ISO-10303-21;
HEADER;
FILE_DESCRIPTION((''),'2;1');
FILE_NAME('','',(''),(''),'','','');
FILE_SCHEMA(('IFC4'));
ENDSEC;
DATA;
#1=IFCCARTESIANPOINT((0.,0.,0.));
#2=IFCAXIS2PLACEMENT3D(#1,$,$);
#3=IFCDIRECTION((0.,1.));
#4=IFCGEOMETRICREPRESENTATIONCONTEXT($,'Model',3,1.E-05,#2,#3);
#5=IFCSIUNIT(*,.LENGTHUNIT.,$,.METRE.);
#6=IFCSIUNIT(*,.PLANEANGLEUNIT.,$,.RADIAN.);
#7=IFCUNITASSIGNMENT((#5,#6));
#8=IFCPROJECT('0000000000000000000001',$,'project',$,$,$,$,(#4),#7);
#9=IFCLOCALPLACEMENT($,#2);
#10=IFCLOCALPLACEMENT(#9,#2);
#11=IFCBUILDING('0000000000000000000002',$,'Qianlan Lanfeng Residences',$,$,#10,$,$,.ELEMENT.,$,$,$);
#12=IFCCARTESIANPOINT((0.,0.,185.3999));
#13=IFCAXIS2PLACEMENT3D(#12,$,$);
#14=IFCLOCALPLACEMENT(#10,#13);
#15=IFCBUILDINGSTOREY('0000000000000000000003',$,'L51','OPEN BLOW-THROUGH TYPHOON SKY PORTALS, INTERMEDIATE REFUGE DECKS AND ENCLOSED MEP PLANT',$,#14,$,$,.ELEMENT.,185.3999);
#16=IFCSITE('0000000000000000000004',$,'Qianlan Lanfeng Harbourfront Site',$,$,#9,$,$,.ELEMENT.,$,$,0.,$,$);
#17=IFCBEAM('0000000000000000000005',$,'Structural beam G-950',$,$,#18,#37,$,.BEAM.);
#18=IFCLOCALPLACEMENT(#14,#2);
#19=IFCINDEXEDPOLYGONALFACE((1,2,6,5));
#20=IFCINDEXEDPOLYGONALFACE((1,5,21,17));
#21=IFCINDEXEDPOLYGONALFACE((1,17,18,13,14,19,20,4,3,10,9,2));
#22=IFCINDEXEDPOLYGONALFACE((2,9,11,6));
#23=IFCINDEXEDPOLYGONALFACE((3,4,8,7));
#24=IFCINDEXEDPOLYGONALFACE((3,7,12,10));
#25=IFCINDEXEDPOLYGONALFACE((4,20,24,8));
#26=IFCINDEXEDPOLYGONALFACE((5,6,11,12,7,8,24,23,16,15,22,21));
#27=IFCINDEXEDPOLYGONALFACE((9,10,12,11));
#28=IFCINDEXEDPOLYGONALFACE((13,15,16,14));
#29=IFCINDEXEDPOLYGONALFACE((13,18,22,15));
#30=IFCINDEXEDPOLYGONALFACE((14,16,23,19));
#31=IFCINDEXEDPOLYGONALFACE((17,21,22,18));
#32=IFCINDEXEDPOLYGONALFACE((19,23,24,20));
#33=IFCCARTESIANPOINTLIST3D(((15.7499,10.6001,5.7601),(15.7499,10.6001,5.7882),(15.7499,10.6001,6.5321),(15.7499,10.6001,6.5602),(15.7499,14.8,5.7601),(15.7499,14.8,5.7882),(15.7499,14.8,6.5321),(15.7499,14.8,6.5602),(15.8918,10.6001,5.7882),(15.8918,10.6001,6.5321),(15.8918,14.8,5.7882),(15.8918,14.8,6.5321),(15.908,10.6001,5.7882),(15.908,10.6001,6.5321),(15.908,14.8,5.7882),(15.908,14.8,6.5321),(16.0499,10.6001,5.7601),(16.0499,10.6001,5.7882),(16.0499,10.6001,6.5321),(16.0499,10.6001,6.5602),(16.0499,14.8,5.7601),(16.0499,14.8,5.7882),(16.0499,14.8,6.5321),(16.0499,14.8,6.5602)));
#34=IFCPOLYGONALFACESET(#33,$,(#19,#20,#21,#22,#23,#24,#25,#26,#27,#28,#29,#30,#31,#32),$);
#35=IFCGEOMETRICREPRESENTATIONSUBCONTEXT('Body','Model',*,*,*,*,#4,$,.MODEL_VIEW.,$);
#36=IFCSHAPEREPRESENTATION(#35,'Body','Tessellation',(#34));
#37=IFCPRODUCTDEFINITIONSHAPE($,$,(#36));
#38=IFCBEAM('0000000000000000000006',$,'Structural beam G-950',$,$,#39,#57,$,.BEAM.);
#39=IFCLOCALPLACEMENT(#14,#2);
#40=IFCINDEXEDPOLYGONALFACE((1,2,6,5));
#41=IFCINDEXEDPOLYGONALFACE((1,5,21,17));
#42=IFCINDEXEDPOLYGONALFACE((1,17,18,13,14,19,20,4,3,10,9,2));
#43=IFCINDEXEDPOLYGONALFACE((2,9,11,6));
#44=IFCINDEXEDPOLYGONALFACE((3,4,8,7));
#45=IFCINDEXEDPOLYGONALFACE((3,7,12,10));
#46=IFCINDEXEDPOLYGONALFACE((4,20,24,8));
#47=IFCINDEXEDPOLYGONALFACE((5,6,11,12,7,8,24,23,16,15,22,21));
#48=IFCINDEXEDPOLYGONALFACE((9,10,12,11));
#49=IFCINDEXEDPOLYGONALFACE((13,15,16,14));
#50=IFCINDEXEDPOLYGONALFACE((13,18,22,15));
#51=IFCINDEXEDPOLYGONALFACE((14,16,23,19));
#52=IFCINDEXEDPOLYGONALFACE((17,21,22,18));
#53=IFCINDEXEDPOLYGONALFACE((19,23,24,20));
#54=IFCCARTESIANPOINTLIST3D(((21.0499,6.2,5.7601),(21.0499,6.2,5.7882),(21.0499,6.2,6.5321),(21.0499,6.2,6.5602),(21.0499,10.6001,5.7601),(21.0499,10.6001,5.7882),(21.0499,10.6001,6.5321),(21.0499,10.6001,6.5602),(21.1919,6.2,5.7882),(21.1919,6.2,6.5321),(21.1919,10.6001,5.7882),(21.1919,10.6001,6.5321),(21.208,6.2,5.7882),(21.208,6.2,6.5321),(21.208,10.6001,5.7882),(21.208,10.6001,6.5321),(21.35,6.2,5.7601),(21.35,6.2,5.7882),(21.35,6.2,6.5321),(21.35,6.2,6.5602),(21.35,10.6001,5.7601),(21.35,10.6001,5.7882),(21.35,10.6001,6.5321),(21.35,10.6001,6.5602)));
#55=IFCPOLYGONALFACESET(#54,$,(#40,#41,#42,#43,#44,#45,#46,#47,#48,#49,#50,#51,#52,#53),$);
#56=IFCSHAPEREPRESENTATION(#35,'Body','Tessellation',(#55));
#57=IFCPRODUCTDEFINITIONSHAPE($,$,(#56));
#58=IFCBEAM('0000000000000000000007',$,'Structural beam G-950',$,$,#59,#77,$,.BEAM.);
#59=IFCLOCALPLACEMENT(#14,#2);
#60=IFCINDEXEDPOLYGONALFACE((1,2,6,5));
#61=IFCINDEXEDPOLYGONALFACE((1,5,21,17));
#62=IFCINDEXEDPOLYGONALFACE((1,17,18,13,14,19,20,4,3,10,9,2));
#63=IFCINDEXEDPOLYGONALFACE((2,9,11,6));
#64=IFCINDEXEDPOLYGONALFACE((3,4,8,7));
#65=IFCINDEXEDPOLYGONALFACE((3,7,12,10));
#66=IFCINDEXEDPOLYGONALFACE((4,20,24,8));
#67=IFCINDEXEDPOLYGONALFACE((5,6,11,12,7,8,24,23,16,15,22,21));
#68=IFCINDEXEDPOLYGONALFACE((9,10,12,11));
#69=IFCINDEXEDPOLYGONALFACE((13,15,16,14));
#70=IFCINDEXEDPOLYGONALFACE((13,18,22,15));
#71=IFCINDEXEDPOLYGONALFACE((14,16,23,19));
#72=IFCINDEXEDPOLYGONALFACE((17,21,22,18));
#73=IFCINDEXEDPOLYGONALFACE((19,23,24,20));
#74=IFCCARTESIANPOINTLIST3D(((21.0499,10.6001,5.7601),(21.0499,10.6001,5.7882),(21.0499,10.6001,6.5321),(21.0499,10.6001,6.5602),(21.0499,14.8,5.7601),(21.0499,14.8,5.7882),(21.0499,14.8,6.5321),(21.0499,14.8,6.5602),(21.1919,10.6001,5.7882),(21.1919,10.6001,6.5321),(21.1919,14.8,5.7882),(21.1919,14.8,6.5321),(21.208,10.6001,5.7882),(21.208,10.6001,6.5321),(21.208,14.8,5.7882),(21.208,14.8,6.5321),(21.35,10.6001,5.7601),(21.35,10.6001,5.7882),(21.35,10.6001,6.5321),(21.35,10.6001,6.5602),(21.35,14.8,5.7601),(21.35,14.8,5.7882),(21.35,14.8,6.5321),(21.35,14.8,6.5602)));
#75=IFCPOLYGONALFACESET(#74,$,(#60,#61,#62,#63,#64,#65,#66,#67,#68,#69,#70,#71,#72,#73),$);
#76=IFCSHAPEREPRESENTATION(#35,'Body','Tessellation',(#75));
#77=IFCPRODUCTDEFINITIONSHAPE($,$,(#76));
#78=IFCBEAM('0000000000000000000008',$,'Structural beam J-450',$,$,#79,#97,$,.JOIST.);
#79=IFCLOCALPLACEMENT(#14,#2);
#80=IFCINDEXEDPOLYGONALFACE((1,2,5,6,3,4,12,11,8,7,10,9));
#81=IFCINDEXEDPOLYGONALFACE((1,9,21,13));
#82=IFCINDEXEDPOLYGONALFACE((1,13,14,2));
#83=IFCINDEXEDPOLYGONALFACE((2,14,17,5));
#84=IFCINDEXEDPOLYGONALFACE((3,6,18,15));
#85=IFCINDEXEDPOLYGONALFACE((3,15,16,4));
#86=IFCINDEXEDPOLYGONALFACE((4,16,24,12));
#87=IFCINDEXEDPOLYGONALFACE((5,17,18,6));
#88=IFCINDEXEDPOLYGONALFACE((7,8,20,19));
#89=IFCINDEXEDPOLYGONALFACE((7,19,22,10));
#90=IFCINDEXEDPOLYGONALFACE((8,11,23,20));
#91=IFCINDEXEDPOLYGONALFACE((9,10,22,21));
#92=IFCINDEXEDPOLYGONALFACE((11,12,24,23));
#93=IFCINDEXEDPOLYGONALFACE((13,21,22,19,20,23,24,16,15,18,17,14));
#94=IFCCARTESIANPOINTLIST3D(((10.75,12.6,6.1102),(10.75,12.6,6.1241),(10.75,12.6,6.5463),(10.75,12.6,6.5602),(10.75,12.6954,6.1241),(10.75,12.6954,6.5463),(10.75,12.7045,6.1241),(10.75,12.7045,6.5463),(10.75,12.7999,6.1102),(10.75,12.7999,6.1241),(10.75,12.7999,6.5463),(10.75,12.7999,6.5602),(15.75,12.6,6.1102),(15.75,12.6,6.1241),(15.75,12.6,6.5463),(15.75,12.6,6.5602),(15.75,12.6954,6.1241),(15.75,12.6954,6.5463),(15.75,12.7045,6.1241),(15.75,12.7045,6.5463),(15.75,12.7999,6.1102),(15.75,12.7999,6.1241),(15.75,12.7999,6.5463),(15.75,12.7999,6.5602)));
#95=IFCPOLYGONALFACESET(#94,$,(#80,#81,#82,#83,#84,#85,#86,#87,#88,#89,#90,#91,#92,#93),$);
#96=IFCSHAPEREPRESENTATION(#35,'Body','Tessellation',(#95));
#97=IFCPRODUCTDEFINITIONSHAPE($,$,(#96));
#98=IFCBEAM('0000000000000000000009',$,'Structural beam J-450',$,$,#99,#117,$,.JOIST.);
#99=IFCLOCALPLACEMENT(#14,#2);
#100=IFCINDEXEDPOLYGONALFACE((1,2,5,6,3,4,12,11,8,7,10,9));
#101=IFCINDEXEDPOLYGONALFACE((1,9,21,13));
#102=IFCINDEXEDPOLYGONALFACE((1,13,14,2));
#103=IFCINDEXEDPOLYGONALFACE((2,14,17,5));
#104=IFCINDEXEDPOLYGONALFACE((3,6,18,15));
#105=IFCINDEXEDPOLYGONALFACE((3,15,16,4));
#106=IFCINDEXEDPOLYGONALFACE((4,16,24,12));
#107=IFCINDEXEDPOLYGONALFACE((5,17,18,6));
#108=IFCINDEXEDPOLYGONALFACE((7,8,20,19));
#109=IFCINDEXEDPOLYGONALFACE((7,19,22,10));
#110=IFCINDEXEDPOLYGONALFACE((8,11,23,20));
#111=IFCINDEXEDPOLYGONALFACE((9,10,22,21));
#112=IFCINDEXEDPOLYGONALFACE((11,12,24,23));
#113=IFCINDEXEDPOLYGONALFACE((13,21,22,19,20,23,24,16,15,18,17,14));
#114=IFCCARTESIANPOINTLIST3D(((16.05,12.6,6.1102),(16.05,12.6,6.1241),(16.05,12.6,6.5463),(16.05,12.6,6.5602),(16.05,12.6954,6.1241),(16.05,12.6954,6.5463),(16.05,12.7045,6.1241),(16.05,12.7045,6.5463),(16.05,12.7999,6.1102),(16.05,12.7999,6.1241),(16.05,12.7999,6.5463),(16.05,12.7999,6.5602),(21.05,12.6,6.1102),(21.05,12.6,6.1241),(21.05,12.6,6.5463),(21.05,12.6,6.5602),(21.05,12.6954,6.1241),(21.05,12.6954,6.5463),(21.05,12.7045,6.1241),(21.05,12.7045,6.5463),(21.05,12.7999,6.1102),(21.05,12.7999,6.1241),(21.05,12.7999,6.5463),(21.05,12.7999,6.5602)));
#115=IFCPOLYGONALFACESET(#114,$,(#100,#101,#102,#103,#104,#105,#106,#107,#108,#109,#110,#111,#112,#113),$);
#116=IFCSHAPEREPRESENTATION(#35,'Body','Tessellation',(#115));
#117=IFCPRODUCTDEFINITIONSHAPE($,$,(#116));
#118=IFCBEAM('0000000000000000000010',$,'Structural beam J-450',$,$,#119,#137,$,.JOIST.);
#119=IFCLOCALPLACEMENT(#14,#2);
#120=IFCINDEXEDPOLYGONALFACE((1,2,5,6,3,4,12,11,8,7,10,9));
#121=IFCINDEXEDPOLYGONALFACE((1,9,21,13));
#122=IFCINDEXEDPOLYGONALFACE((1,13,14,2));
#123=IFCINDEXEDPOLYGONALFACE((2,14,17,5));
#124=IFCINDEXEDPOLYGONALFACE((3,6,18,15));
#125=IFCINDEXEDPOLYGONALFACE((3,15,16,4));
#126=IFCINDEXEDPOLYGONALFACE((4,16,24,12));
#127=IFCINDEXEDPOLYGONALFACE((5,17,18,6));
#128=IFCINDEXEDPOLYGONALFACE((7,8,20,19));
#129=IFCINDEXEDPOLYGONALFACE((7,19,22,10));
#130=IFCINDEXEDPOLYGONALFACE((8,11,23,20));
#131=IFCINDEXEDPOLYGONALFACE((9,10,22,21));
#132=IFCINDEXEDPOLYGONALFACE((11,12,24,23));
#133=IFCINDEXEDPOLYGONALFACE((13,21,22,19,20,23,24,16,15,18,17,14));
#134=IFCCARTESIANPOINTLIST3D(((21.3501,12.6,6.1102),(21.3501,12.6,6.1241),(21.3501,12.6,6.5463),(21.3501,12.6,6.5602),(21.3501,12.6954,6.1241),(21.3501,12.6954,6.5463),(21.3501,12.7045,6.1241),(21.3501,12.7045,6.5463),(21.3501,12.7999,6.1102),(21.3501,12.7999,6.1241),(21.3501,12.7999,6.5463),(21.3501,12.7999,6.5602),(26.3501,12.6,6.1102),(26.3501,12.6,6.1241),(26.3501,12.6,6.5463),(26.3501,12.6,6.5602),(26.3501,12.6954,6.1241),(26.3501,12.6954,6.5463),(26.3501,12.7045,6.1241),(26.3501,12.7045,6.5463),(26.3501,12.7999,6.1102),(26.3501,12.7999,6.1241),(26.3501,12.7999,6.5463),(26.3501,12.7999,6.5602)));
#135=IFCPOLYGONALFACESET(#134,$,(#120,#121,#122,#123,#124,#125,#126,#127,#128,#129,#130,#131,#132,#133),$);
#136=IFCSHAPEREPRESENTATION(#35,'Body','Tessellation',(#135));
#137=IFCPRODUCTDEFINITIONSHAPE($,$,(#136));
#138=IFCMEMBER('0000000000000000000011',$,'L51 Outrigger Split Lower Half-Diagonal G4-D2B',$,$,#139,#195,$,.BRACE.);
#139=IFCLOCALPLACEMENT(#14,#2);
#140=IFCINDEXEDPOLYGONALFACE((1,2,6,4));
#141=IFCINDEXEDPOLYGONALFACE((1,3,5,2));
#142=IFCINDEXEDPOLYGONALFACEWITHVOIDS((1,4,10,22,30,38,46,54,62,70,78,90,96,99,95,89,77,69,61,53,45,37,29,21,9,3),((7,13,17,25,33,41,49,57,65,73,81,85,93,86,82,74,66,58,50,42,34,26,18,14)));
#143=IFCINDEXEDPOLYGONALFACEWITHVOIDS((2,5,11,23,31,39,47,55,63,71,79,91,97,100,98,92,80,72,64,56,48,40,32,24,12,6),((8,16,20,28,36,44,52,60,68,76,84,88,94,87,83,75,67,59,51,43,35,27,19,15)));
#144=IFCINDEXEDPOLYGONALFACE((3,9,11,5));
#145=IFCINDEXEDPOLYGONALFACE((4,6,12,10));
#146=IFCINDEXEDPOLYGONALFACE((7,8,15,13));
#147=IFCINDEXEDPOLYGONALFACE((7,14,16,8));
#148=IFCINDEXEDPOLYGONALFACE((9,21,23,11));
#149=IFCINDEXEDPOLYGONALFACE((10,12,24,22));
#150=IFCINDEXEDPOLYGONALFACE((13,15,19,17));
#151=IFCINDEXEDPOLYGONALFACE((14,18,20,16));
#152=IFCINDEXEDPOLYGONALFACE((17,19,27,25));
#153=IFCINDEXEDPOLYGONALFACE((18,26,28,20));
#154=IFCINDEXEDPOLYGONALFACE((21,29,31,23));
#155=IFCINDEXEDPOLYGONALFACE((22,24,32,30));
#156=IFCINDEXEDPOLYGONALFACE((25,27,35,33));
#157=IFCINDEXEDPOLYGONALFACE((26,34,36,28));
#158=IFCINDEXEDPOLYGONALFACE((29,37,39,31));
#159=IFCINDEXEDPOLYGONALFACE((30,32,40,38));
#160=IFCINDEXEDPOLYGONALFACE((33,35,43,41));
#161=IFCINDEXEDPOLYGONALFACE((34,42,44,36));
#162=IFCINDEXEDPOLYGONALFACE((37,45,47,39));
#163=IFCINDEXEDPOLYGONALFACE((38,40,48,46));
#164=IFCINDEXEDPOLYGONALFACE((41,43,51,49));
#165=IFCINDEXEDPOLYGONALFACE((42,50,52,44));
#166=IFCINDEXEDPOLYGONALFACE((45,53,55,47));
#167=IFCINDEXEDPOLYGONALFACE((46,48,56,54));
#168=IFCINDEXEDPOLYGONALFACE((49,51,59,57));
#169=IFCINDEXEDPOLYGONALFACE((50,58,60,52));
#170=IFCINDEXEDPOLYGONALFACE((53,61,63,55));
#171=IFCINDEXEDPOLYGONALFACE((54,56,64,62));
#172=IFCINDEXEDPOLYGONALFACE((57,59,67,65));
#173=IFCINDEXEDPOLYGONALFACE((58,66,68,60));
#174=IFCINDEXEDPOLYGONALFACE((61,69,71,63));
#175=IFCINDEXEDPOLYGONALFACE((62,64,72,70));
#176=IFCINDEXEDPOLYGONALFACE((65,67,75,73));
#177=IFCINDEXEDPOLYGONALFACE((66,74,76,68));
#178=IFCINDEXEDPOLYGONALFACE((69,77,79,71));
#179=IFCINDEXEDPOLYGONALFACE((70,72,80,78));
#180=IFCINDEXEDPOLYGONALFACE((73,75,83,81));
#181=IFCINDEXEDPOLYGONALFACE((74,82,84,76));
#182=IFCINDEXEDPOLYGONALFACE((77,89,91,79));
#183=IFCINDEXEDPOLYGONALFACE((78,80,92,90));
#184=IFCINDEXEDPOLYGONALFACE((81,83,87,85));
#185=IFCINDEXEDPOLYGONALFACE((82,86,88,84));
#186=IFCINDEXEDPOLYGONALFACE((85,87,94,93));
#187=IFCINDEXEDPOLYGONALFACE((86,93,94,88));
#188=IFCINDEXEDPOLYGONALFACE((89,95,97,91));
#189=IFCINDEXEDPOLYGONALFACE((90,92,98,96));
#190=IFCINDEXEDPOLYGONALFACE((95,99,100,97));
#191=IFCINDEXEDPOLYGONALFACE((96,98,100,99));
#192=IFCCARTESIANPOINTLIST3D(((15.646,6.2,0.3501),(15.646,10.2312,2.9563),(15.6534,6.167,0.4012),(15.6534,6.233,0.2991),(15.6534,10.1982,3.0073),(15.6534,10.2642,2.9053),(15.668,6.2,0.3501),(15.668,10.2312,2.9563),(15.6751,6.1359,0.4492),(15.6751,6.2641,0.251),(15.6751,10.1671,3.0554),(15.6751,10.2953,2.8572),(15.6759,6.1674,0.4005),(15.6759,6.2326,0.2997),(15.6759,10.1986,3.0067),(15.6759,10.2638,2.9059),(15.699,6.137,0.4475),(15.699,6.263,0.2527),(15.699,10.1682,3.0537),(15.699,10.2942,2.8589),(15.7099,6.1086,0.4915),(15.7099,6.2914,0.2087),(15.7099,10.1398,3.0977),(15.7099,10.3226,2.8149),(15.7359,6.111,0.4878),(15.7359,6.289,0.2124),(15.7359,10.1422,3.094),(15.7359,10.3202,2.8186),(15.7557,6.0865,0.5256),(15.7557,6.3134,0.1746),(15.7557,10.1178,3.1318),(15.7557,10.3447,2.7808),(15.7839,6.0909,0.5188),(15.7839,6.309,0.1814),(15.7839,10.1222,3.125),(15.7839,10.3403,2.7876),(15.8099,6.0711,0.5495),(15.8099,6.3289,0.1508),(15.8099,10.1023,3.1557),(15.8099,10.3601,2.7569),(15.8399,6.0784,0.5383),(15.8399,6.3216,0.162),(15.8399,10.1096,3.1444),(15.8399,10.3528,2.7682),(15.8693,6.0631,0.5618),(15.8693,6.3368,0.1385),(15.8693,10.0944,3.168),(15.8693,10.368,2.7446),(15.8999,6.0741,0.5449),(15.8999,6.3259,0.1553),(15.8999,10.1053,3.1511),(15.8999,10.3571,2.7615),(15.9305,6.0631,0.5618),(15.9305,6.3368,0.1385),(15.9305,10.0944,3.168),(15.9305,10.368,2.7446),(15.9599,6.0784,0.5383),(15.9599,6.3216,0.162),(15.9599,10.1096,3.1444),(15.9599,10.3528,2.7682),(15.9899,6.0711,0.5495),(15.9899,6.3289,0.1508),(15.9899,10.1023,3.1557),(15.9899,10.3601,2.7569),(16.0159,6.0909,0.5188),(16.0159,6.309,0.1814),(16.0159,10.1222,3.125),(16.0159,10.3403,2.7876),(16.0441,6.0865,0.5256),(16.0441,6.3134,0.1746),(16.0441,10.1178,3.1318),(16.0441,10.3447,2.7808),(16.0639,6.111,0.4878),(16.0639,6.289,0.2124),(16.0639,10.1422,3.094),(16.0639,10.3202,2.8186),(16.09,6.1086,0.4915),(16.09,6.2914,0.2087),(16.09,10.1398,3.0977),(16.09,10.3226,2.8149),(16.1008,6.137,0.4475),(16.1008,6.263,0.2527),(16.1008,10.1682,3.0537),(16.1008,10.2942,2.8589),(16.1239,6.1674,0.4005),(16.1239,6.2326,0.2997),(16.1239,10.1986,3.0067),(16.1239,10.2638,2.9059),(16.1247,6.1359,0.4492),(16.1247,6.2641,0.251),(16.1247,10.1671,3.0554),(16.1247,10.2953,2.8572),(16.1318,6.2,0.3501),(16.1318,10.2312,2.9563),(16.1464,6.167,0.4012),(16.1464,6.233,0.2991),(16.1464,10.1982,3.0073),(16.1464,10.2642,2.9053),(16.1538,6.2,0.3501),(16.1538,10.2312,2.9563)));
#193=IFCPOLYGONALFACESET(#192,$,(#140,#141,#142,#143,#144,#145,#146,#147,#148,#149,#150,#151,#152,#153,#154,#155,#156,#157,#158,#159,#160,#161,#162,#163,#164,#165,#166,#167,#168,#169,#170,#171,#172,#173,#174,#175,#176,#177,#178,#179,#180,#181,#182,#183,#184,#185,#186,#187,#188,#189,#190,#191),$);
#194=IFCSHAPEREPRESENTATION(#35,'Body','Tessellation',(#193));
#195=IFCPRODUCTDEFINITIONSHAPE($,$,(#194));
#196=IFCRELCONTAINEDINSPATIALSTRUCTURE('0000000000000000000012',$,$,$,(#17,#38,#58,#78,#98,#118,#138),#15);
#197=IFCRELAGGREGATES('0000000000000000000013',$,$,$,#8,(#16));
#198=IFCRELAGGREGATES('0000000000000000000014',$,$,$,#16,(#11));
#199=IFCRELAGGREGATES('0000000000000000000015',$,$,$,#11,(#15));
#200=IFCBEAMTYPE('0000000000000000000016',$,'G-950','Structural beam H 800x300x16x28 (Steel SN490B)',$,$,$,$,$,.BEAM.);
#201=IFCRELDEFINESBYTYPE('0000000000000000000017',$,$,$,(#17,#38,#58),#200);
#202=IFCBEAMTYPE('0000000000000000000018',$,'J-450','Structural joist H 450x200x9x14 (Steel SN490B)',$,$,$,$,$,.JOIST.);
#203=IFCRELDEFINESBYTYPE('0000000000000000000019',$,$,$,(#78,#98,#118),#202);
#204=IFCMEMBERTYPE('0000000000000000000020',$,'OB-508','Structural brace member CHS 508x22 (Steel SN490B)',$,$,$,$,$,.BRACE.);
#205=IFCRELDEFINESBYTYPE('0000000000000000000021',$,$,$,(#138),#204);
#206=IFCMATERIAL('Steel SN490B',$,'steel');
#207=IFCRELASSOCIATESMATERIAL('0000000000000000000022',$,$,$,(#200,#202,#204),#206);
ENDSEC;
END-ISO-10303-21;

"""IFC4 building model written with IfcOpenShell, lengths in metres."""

from ifc_helpers import new_model, si_unit, direction, frame, origin, origin_2d, place, context, subcontext, project, spatial, hollow_circle, i_section, extrude, material, material_profile, profile_set, type_object, element, save


model = new_model("IFC4")

# Units and contexts
model_context = context("Model", 3, precision=1e-05, world=origin(), true_north=direction((0.0, 1.0)))
body_context = subcontext(model_context, "Body", "Model", "MODEL_VIEW")
ifc_project = project(units=[si_unit("LENGTHUNIT", "METRE"), si_unit("PLANEANGLEUNIT", "RADIAN")], contexts=[model_context])

# Site, building, storey
site_placement = place(None, origin())
site = spatial("IfcSite", under=ifc_project, at=site_placement, Name="Qianlan Lanfeng Harbourfront Site", CompositionType="ELEMENT", RefElevation=0.0)
building_placement = place(site_placement, origin())
building = spatial("IfcBuilding", under=site, at=building_placement, Name="Qianlan Lanfeng Residences", CompositionType="ELEMENT")
storey_placement = place(building_placement, frame((0.0, 0.0, 185.3999)))
storey = spatial("IfcBuildingStorey", under=building, at=storey_placement, Name="L51", Description="OPEN BLOW-THROUGH TYPHOON SKY PORTALS, INTERMEDIATE REFUGE DECKS AND ENCLOSED MEP PLANT", CompositionType="ELEMENT", Elevation=185.3999)

# Shared definitions
ifc_material_1 = material(Name="Steel SN490B", Category="steel")

# Beams
ifc_material_profile_1 = material_profile(ifc_material_1, i_section(OverallWidth=0.3, OverallDepth=0.8, WebThickness=0.0161, FlangeThickness=0.0281, at=origin_2d()), Name="H 800x300x16x28")
ifc_profile_set_1 = profile_set([ifc_material_profile_1], Name="Steel SN490B")
beam_type_1 = type_object("IfcBeamType", Name="G-950", Description="Structural beam H 800x300x16x28 (Steel SN490B)", PredefinedType="BEAM", material=ifc_profile_set_1)
beam_1_placement = place(storey_placement, frame((15.8999, 10.6001, 6.1602), z_axis=(0.0, 1.0, 0.0), x_axis=(-1.0, 0.0, 0.0)))
element("IfcBeam", 1, at=beam_1_placement, inside=storey, type_object=beam_type_1, Name="Structural beam G-950", PredefinedType="BEAM", context=body_context, shape_type="SweptSolid", body=[
    extrude(i_section(OverallWidth=0.3, OverallDepth=0.8, WebThickness=0.0161, FlangeThickness=0.0281, at=origin_2d()), origin(), (0.0, 0.0, 1.0), 4.2),
])
beam_2_placement = place(storey_placement, frame((21.2, 6.2, 6.1602), z_axis=(0.0, 1.0, 0.0), x_axis=(-1.0, 0.0, 0.0)))
element("IfcBeam", 2, at=beam_2_placement, inside=storey, type_object=beam_type_1, Name="Structural beam G-950", PredefinedType="BEAM", context=body_context, shape_type="SweptSolid", body=[
    extrude(i_section(OverallWidth=0.3, OverallDepth=0.8, WebThickness=0.0161, FlangeThickness=0.0281, at=origin_2d()), origin(), (0.0, 0.0, 1.0), 4.4001),
])
beam_3_placement = place(storey_placement, frame((21.2, 10.6001, 6.1602), z_axis=(0.0, 1.0, 0.0), x_axis=(-1.0, 0.0, 0.0)))
element("IfcBeam", 3, at=beam_3_placement, inside=storey, type_object=beam_type_1, Name="Structural beam G-950", PredefinedType="BEAM", context=body_context, shape_type="SweptSolid", body=[
    extrude(i_section(OverallWidth=0.3, OverallDepth=0.8, WebThickness=0.0161, FlangeThickness=0.0281, at=origin_2d()), origin(), (0.0, 0.0, 1.0), 4.2),
])
ifc_material_profile_2 = material_profile(ifc_material_1, i_section(OverallWidth=0.2, OverallDepth=0.45, WebThickness=0.009, FlangeThickness=0.0139, at=origin_2d()), Name="H 450x200x9x14")
ifc_profile_set_2 = profile_set([ifc_material_profile_2], Name="Steel SN490B")
beam_type_2 = type_object("IfcBeamType", Name="J-450", Description="Structural joist H 450x200x9x14 (Steel SN490B)", PredefinedType="JOIST", material=ifc_profile_set_2)
for number, where, z_axis, x_axis, name in (
    (4, (10.75, 12.7, 6.3352), (1.0, 0.0, 0.0), (0.0, 1.0, 0.0), "Structural beam J-450"),
    (5, (16.05, 12.7, 6.3352), (1.0, 0.0, 0.0), (0.0, 1.0, 0.0), "Structural beam J-450"),
    (6, (21.3501, 12.7, 6.3352), (1.0, 0.0, 0.0), (0.0, 1.0, 0.0), "Structural beam J-450"),
):
    element("IfcBeam", number, at=place(storey_placement, frame(where, z_axis=z_axis, x_axis=x_axis)), inside=storey, type_object=beam_type_2, Name=name, PredefinedType="JOIST", context=body_context, shape_type="SweptSolid", body=[
        extrude(i_section(OverallWidth=0.2, OverallDepth=0.45, WebThickness=0.009, FlangeThickness=0.0139, at=origin_2d()), origin(), (0.0, 0.0, 1.0), 5.0),
    ])

# Member
ifc_material_profile_3 = material_profile(ifc_material_1, hollow_circle(Radius=0.2539, WallThickness=0.022, at=origin_2d()), Name="CHS 508x22")
ifc_profile_set_3 = profile_set([ifc_material_profile_3], Name="Steel SN490B")
member_type_1 = type_object("IfcMemberType", Name="OB-508", Description="Structural brace member CHS 508x22 (Steel SN490B)", PredefinedType="BRACE", material=ifc_profile_set_3)
member_placement = place(storey_placement, frame((15.8999, 10.2312, 2.9563), z_axis=(0.0, -0.839784, -0.54292), x_axis=(1.0, 0.0, 0.0)))
element("IfcMember", 7, at=member_placement, inside=storey, type_object=member_type_1, Name="L51 Outrigger Split Lower Half-Diagonal G4-D2B", PredefinedType="BRACE", context=body_context, shape_type="SweptSolid", body=[
    extrude(hollow_circle(Radius=0.2539, WallThickness=0.022, at=origin_2d()), origin(), (0.0, 0.0, 1.0), 4.8003),
])

save(model, "model.ifc")
